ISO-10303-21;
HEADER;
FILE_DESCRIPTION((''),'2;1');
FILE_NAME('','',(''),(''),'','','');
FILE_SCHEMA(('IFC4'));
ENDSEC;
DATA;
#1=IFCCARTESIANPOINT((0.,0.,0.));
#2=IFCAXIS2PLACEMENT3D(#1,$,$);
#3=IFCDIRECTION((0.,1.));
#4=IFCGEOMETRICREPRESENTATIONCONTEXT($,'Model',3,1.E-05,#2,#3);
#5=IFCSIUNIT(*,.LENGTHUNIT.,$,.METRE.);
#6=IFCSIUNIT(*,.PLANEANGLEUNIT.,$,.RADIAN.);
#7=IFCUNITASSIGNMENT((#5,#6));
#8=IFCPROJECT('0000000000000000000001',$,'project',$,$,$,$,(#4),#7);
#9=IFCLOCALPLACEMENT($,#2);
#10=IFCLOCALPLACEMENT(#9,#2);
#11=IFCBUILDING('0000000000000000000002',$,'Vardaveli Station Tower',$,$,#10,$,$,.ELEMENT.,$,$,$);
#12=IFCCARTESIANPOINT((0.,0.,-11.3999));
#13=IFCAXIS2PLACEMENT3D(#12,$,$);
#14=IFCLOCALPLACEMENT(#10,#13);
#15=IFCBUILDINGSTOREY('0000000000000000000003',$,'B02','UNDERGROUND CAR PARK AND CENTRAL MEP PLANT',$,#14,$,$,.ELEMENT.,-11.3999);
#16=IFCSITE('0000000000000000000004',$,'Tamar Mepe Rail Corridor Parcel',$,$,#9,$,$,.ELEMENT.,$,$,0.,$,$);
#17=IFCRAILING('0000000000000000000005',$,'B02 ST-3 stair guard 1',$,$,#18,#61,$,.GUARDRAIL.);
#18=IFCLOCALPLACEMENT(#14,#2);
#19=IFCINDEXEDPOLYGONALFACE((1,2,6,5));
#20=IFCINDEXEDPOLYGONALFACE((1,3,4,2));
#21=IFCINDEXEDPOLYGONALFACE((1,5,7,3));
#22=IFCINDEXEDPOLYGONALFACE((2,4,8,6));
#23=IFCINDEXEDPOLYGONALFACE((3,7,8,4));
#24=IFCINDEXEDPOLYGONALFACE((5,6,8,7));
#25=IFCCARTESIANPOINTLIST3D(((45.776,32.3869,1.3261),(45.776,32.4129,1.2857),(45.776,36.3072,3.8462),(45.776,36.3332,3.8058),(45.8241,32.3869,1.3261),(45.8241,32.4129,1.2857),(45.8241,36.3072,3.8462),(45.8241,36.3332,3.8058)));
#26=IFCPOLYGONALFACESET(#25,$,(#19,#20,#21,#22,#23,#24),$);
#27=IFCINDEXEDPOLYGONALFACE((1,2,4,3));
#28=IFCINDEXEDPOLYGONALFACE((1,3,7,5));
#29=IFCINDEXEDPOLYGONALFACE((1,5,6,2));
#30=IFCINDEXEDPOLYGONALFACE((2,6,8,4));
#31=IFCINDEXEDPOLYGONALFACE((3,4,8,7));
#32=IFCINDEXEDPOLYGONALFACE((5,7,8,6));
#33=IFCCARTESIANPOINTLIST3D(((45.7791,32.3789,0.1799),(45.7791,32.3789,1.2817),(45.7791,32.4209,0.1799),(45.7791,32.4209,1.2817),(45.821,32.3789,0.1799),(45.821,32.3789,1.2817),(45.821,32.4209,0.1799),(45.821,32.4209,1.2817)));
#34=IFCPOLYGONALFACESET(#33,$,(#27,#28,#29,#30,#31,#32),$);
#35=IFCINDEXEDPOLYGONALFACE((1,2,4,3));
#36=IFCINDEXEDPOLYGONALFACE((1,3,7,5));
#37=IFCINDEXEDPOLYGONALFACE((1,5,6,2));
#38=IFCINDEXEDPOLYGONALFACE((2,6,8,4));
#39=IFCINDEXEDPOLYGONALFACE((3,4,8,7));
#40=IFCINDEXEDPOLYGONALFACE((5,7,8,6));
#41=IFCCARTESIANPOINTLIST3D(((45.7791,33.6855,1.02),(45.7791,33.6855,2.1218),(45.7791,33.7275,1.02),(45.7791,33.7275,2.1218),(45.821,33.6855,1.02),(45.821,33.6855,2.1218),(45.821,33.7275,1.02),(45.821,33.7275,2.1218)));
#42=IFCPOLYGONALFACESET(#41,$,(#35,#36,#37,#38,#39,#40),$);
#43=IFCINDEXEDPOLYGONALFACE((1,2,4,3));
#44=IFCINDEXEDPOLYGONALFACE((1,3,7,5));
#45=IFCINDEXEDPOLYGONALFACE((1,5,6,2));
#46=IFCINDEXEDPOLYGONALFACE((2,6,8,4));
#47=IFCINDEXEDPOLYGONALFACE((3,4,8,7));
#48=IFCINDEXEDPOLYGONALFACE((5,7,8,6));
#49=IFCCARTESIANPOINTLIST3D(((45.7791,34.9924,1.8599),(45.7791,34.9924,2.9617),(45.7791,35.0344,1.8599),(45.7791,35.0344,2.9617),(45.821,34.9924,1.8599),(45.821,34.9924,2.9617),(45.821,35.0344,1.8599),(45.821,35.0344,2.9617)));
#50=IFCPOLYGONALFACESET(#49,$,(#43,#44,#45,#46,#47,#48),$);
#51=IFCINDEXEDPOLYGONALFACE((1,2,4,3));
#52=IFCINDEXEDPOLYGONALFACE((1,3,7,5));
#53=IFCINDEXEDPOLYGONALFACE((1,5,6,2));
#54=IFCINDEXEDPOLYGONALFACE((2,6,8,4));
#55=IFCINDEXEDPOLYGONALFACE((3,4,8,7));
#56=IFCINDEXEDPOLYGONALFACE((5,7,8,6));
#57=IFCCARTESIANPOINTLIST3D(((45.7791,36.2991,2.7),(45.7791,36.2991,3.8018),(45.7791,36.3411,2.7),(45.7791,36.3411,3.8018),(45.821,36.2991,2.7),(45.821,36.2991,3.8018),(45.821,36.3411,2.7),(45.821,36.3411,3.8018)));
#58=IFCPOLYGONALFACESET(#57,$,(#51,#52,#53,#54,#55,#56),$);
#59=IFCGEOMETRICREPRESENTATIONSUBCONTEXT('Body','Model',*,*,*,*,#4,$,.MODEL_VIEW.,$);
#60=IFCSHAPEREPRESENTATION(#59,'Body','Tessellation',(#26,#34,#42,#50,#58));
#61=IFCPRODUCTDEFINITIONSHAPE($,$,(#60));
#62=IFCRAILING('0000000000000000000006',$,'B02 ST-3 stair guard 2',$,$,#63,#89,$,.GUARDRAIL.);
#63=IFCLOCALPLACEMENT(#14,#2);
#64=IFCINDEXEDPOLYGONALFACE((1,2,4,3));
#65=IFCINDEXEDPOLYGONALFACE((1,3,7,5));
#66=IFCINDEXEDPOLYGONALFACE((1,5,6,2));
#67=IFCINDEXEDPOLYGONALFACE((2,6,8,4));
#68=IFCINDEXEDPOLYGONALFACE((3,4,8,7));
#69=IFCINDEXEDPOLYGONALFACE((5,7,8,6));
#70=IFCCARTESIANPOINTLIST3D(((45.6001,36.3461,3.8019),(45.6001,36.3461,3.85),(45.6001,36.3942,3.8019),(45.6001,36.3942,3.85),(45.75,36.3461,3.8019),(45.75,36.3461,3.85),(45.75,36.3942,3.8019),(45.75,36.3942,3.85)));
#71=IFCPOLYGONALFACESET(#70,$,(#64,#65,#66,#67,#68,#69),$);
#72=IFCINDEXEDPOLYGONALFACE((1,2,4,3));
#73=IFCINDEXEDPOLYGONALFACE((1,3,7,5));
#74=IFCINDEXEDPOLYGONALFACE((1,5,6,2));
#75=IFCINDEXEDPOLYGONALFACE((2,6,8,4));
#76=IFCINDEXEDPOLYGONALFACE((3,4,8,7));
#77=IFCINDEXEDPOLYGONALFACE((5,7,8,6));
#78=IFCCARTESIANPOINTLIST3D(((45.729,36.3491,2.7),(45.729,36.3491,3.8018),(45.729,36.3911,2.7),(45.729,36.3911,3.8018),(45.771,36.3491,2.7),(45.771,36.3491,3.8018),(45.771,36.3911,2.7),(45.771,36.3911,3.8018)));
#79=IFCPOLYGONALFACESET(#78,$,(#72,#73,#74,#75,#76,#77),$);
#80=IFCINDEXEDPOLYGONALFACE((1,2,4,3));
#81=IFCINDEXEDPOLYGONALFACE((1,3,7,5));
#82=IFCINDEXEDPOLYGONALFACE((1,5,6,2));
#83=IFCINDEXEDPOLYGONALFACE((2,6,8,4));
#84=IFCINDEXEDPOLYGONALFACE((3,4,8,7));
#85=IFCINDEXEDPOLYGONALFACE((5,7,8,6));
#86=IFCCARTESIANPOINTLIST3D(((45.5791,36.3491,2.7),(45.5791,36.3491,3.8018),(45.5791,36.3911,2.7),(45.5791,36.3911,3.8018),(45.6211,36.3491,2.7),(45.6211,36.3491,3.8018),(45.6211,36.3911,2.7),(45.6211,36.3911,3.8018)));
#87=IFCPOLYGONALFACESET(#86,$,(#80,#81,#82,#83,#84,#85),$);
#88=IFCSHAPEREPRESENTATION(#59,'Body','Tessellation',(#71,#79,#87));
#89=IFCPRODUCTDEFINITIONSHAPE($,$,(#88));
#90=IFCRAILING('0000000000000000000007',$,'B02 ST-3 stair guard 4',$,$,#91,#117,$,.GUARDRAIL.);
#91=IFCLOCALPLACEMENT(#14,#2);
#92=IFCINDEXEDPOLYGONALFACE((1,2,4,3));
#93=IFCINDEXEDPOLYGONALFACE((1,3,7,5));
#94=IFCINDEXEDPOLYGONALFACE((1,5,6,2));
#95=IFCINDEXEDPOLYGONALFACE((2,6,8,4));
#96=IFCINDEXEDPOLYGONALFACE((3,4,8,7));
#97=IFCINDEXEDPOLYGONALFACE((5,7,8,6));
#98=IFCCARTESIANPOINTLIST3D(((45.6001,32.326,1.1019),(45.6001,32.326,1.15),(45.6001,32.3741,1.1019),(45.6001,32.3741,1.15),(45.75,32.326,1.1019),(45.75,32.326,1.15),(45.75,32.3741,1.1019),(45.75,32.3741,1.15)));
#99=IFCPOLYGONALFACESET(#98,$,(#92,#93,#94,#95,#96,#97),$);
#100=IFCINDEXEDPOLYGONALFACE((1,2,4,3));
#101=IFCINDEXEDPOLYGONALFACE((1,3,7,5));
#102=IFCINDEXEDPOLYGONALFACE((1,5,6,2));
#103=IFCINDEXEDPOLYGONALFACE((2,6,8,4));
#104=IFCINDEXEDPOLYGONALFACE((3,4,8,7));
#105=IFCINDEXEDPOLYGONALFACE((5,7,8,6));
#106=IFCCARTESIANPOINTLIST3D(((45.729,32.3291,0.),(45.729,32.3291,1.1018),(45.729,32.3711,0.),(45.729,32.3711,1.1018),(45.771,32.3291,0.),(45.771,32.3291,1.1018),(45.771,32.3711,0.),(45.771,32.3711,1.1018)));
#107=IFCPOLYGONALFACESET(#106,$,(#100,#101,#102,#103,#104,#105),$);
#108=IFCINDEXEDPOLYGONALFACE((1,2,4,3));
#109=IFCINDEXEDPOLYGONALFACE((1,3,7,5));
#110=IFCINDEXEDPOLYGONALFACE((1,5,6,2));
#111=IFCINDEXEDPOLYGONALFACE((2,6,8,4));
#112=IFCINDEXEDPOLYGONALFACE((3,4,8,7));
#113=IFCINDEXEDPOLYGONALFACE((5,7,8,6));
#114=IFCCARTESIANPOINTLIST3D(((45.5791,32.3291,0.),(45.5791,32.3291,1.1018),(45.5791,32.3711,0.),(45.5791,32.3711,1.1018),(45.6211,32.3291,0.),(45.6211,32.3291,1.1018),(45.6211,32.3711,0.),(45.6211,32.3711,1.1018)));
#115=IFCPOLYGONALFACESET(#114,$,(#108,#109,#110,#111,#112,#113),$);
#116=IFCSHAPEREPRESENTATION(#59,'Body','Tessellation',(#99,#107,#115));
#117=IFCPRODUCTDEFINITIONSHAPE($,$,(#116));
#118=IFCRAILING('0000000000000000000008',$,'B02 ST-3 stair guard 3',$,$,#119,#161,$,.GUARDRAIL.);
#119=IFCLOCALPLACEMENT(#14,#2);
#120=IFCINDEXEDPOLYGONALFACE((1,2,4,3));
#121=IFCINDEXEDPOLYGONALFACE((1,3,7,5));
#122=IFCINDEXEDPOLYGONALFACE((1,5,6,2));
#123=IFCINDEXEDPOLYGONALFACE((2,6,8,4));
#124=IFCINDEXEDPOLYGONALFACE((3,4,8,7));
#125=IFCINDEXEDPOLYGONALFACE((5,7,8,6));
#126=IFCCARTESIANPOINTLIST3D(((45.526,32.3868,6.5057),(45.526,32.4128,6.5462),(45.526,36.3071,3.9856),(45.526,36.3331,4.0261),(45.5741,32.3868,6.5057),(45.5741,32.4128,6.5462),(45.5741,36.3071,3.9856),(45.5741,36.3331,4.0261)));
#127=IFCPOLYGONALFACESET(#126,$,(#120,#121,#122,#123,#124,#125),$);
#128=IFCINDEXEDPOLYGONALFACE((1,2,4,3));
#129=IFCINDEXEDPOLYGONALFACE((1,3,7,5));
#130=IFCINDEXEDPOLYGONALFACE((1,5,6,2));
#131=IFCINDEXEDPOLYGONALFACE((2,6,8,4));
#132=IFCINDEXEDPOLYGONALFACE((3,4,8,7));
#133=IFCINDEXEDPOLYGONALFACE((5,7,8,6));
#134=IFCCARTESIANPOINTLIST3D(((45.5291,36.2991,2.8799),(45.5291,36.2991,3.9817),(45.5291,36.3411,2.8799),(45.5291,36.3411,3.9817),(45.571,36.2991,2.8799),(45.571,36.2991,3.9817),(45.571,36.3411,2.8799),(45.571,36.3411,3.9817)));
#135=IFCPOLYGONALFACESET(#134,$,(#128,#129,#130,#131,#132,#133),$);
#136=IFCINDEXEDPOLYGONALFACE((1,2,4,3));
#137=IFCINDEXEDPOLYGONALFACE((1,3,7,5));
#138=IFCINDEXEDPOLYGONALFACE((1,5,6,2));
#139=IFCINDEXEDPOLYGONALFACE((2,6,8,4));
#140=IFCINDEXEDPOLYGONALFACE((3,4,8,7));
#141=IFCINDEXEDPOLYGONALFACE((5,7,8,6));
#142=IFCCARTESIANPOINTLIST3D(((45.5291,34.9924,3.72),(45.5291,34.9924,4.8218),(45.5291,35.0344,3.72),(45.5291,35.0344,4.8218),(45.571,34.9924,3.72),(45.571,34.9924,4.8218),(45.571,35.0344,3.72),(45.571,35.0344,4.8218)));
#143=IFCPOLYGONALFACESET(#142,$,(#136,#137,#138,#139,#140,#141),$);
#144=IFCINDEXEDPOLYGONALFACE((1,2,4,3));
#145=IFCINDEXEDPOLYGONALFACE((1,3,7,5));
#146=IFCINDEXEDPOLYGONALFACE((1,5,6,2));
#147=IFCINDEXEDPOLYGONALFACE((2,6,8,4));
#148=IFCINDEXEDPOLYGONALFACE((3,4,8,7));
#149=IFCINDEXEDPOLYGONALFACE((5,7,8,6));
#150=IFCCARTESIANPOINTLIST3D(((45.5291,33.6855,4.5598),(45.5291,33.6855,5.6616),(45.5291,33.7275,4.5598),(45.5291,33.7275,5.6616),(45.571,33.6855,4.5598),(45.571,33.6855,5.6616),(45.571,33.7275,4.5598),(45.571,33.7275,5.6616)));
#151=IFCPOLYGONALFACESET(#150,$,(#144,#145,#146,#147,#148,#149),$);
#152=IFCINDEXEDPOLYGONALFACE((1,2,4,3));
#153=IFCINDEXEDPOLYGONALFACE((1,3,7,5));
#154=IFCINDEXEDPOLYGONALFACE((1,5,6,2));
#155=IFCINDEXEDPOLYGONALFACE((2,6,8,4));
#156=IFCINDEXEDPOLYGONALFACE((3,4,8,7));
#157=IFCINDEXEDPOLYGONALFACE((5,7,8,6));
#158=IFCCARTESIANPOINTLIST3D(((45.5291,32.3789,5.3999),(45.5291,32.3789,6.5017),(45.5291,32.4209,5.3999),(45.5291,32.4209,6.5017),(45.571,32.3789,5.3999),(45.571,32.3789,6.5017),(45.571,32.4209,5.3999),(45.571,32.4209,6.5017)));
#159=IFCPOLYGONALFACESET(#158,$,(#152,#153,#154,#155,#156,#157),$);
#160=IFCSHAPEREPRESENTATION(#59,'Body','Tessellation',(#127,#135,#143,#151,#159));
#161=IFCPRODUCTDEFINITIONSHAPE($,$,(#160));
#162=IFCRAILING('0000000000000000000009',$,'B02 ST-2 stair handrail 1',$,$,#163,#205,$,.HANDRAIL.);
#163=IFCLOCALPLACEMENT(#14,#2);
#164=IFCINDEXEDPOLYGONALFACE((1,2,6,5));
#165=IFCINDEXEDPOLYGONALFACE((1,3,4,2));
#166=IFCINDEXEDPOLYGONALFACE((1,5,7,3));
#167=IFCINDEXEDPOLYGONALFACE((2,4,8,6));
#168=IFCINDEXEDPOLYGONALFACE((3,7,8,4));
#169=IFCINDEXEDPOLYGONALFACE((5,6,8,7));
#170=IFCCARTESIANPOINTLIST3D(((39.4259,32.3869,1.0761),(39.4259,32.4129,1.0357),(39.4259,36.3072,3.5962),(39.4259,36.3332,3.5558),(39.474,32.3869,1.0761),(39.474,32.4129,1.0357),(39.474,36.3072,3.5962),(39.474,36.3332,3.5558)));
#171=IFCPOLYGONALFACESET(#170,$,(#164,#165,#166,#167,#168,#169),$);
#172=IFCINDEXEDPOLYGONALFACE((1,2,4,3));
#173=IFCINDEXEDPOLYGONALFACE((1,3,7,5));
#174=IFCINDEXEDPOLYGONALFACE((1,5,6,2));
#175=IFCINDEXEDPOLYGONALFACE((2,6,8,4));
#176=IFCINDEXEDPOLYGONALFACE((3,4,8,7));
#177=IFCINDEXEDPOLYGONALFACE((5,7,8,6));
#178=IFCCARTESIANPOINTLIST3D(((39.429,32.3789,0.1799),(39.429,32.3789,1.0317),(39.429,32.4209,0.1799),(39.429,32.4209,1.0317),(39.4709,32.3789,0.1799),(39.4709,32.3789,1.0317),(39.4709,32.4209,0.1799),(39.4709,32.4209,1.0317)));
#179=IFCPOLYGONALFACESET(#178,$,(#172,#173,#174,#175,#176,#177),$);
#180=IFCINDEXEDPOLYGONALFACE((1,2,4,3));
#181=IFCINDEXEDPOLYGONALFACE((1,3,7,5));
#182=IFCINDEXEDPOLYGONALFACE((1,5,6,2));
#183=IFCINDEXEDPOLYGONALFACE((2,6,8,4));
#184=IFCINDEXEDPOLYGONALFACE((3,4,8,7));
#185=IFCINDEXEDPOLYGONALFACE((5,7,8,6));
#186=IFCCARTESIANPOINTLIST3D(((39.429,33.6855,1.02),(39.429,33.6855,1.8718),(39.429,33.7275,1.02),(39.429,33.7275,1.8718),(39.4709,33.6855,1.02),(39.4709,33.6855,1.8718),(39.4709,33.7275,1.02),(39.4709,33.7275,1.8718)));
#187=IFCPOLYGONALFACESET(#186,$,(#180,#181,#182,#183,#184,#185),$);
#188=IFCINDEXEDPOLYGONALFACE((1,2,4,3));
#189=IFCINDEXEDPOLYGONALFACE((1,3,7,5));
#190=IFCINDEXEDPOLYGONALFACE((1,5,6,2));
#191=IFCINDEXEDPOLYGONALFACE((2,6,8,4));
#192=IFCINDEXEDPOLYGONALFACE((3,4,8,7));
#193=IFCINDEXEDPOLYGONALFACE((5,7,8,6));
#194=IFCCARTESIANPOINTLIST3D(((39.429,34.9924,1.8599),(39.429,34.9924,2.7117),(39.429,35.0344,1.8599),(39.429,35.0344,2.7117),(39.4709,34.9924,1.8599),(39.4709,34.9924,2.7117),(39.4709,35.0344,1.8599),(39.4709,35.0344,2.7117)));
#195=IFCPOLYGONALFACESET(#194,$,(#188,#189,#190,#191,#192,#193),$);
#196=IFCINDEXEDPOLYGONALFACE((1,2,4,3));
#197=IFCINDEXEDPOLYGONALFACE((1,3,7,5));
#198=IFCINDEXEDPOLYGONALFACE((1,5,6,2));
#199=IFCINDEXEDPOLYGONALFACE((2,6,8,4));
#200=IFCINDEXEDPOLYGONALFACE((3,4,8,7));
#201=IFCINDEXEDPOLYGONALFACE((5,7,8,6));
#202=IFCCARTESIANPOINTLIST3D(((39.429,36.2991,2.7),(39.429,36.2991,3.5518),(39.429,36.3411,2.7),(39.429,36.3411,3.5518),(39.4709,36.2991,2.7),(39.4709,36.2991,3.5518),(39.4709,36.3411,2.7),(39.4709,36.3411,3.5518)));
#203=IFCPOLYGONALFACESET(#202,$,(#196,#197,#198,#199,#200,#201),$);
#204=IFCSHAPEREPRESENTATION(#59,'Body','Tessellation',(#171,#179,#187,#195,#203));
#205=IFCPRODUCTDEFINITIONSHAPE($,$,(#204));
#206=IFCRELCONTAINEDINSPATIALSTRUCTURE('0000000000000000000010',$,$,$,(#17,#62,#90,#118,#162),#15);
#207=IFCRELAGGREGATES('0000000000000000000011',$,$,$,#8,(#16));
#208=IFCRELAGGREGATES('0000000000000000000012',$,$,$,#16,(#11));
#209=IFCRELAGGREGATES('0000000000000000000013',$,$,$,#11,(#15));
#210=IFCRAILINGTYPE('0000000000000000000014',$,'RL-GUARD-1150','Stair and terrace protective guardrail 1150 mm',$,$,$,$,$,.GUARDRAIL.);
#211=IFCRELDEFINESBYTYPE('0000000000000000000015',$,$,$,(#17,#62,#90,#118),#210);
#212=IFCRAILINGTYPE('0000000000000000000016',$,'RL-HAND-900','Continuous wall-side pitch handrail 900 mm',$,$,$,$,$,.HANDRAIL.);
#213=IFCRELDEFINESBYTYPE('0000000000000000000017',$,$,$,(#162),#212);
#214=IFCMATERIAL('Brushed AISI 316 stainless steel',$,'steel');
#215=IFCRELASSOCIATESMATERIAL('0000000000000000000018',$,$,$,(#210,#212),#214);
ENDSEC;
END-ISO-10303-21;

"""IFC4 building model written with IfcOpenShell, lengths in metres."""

from ifc_helpers import new_model, si_unit, direction, frame, origin, origin_2d, place, context, subcontext, project, spatial, rectangle, extrude, source, transform, mapped, material, type_object, element, save


model = new_model("IFC4")

# Units and contexts
model_context = context("Model", 3, precision=1e-05, world=origin(), true_north=direction((0.0, 1.0)))
body_context = subcontext(model_context, "Body", "Model", "MODEL_VIEW")
ifc_project = project(units=[si_unit("LENGTHUNIT", "METRE"), si_unit("PLANEANGLEUNIT", "RADIAN")], contexts=[model_context])

# Site, building, storey
site_placement = place(None, origin())
site = spatial("IfcSite", under=ifc_project, at=site_placement, Name="Tamar Mepe Rail Corridor Parcel", CompositionType="ELEMENT", RefElevation=0.0)
building_placement = place(site_placement, origin())
building = spatial("IfcBuilding", under=site, at=building_placement, Name="Vardaveli Station Tower", CompositionType="ELEMENT")
storey_placement = place(building_placement, frame((0.0, 0.0, -11.3999)))
storey = spatial("IfcBuildingStorey", under=building, at=storey_placement, Name="B02", Description="UNDERGROUND CAR PARK AND CENTRAL MEP PLANT", CompositionType="ELEMENT", Elevation=-11.3999)

# Railings
ifc_material_1 = material(Name="Brushed AISI 316 stainless steel", Category="steel")
railing_type_1 = type_object("IfcRailingType", Name="RL-GUARD-1150", Description="Stair and terrace protective guardrail 1150 mm", PredefinedType="GUARDRAIL", material=ifc_material_1)
shared_shape_1 = source(origin(), body_context, "Body", "SweptSolid", [
    extrude(rectangle(XDim=0.0481, YDim=0.0481, at=origin_2d()), frame((0.0, 0.0, 1.126), z_axis=(0.0, 0.841187, 0.540744), x_axis=(-1.0, 0.0, 0.0)), (0.0, 0.0, 1.0), 4.6604),
    extrude(rectangle(XDim=0.042, YDim=0.042, at=origin_2d()), origin(), (0.0, 0.0, 1.0), 1.1018),
    extrude(rectangle(XDim=0.042, YDim=0.042, at=origin_2d()), frame((0.0, 1.3066, 0.8401)), (0.0, 0.0, 1.0), 1.1018),
    extrude(rectangle(XDim=0.042, YDim=0.042, at=origin_2d()), frame((0.0, 2.6135, 1.6799)), (0.0, 0.0, 1.0), 1.1018),
    extrude(rectangle(XDim=0.042, YDim=0.042, at=origin_2d()), frame((0.0, 3.9202, 2.52)), (0.0, 0.0, 1.0), 1.1018),
])
railing_1_placement = place(storey_placement, frame((45.8, 32.3999, 0.1799)))
element("IfcRailing", 1, at=railing_1_placement, inside=storey, type_object=railing_type_1, Name="B02 ST-3 stair guard 1", PredefinedType="GUARDRAIL", context=body_context, shape_type="MappedRepresentation", body=[
    mapped(shared_shape_1, transform((0.0, 0.0, 0.0), scale=1.0)),
])
shared_shape_2 = source(origin(), body_context, "Body", "SweptSolid", [
    extrude(rectangle(XDim=0.0481, YDim=0.0481, at=origin_2d()), frame((0.0, 0.0, 1.126), z_axis=(-1.0, 0.0, 0.0), x_axis=(0.0, -1.0, 0.0)), (0.0, 0.0, 1.0), 0.1499),
    extrude(rectangle(XDim=0.042, YDim=0.042, at=origin_2d()), origin(), (0.0, 0.0, 1.0), 1.1018),
    extrude(rectangle(XDim=0.042, YDim=0.042, at=origin_2d()), frame((-0.1499, 0.0, 0.0)), (0.0, 0.0, 1.0), 1.1018),
])
for number, where, name in (
    (2, (45.75, 36.3701, 2.7), "B02 ST-3 stair guard 2"),
    (3, (45.75, 32.3501, 0.0), "B02 ST-3 stair guard 4"),
):
    element("IfcRailing", number, at=place(storey_placement, frame(where)), inside=storey, type_object=railing_type_1, Name=name, PredefinedType="GUARDRAIL", context=body_context, shape_type="MappedRepresentation", body=[
        mapped(shared_shape_2, transform((0.0, 0.0, 0.0), scale=1.0)),
    ])
shared_shape_3 = source(origin(), body_context, "Body", "SweptSolid", [
    extrude(rectangle(XDim=0.0481, YDim=0.0481, at=origin_2d()), frame((0.0, 0.0, 1.126), z_axis=(0.0, -0.841187, 0.540744), x_axis=(1.0, 0.0, 0.0)), (0.0, 0.0, 1.0), 4.6604),
    extrude(rectangle(XDim=0.042, YDim=0.042, at=origin_2d()), origin(), (0.0, 0.0, 1.0), 1.1018),
    extrude(rectangle(XDim=0.042, YDim=0.042, at=origin_2d()), frame((0.0, -1.3066, 0.8401)), (0.0, 0.0, 1.0), 1.1018),
    extrude(rectangle(XDim=0.042, YDim=0.042, at=origin_2d()), frame((0.0, -2.6135, 1.6799)), (0.0, 0.0, 1.0), 1.1018),
    extrude(rectangle(XDim=0.042, YDim=0.042, at=origin_2d()), frame((0.0, -3.9202, 2.52)), (0.0, 0.0, 1.0), 1.1018),
])
railing_2_placement = place(storey_placement, frame((45.55, 36.3201, 2.8799)))
element("IfcRailing", 4, at=railing_2_placement, inside=storey, type_object=railing_type_1, Name="B02 ST-3 stair guard 3", PredefinedType="GUARDRAIL", context=body_context, shape_type="MappedRepresentation", body=[
    mapped(shared_shape_3, transform((0.0, 0.0, 0.0), scale=1.0)),
])
railing_type_2 = type_object("IfcRailingType", Name="RL-HAND-900", Description="Continuous wall-side pitch handrail 900 mm", PredefinedType="HANDRAIL", material=ifc_material_1)
shared_shape_4 = source(origin(), body_context, "Body", "SweptSolid", [
    extrude(rectangle(XDim=0.0481, YDim=0.0481, at=origin_2d()), frame((0.0, 0.0, 0.876), z_axis=(0.0, 0.841187, 0.540744), x_axis=(-1.0, 0.0, 0.0)), (0.0, 0.0, 1.0), 4.6604),
    extrude(rectangle(XDim=0.042, YDim=0.042, at=origin_2d()), origin(), (0.0, 0.0, 1.0), 0.8518),
    extrude(rectangle(XDim=0.042, YDim=0.042, at=origin_2d()), frame((0.0, 1.3066, 0.8401)), (0.0, 0.0, 1.0), 0.8518),
    extrude(rectangle(XDim=0.042, YDim=0.042, at=origin_2d()), frame((0.0, 2.6135, 1.6799)), (0.0, 0.0, 1.0), 0.8518),
    extrude(rectangle(XDim=0.042, YDim=0.042, at=origin_2d()), frame((0.0, 3.9202, 2.52)), (0.0, 0.0, 1.0), 0.8518),
])
for number, where, name in (
    (5, (39.45, 32.3999, 0.1799), "B02 ST-2 stair handrail 1"),
):
    element("IfcRailing", number, at=place(storey_placement, frame(where)), inside=storey, type_object=railing_type_2, Name=name, PredefinedType="HANDRAIL", context=body_context, shape_type="MappedRepresentation", body=[
        mapped(shared_shape_4, transform((0.0, 0.0, 0.0), scale=1.0)),
    ])

save(model, "model.ifc")
